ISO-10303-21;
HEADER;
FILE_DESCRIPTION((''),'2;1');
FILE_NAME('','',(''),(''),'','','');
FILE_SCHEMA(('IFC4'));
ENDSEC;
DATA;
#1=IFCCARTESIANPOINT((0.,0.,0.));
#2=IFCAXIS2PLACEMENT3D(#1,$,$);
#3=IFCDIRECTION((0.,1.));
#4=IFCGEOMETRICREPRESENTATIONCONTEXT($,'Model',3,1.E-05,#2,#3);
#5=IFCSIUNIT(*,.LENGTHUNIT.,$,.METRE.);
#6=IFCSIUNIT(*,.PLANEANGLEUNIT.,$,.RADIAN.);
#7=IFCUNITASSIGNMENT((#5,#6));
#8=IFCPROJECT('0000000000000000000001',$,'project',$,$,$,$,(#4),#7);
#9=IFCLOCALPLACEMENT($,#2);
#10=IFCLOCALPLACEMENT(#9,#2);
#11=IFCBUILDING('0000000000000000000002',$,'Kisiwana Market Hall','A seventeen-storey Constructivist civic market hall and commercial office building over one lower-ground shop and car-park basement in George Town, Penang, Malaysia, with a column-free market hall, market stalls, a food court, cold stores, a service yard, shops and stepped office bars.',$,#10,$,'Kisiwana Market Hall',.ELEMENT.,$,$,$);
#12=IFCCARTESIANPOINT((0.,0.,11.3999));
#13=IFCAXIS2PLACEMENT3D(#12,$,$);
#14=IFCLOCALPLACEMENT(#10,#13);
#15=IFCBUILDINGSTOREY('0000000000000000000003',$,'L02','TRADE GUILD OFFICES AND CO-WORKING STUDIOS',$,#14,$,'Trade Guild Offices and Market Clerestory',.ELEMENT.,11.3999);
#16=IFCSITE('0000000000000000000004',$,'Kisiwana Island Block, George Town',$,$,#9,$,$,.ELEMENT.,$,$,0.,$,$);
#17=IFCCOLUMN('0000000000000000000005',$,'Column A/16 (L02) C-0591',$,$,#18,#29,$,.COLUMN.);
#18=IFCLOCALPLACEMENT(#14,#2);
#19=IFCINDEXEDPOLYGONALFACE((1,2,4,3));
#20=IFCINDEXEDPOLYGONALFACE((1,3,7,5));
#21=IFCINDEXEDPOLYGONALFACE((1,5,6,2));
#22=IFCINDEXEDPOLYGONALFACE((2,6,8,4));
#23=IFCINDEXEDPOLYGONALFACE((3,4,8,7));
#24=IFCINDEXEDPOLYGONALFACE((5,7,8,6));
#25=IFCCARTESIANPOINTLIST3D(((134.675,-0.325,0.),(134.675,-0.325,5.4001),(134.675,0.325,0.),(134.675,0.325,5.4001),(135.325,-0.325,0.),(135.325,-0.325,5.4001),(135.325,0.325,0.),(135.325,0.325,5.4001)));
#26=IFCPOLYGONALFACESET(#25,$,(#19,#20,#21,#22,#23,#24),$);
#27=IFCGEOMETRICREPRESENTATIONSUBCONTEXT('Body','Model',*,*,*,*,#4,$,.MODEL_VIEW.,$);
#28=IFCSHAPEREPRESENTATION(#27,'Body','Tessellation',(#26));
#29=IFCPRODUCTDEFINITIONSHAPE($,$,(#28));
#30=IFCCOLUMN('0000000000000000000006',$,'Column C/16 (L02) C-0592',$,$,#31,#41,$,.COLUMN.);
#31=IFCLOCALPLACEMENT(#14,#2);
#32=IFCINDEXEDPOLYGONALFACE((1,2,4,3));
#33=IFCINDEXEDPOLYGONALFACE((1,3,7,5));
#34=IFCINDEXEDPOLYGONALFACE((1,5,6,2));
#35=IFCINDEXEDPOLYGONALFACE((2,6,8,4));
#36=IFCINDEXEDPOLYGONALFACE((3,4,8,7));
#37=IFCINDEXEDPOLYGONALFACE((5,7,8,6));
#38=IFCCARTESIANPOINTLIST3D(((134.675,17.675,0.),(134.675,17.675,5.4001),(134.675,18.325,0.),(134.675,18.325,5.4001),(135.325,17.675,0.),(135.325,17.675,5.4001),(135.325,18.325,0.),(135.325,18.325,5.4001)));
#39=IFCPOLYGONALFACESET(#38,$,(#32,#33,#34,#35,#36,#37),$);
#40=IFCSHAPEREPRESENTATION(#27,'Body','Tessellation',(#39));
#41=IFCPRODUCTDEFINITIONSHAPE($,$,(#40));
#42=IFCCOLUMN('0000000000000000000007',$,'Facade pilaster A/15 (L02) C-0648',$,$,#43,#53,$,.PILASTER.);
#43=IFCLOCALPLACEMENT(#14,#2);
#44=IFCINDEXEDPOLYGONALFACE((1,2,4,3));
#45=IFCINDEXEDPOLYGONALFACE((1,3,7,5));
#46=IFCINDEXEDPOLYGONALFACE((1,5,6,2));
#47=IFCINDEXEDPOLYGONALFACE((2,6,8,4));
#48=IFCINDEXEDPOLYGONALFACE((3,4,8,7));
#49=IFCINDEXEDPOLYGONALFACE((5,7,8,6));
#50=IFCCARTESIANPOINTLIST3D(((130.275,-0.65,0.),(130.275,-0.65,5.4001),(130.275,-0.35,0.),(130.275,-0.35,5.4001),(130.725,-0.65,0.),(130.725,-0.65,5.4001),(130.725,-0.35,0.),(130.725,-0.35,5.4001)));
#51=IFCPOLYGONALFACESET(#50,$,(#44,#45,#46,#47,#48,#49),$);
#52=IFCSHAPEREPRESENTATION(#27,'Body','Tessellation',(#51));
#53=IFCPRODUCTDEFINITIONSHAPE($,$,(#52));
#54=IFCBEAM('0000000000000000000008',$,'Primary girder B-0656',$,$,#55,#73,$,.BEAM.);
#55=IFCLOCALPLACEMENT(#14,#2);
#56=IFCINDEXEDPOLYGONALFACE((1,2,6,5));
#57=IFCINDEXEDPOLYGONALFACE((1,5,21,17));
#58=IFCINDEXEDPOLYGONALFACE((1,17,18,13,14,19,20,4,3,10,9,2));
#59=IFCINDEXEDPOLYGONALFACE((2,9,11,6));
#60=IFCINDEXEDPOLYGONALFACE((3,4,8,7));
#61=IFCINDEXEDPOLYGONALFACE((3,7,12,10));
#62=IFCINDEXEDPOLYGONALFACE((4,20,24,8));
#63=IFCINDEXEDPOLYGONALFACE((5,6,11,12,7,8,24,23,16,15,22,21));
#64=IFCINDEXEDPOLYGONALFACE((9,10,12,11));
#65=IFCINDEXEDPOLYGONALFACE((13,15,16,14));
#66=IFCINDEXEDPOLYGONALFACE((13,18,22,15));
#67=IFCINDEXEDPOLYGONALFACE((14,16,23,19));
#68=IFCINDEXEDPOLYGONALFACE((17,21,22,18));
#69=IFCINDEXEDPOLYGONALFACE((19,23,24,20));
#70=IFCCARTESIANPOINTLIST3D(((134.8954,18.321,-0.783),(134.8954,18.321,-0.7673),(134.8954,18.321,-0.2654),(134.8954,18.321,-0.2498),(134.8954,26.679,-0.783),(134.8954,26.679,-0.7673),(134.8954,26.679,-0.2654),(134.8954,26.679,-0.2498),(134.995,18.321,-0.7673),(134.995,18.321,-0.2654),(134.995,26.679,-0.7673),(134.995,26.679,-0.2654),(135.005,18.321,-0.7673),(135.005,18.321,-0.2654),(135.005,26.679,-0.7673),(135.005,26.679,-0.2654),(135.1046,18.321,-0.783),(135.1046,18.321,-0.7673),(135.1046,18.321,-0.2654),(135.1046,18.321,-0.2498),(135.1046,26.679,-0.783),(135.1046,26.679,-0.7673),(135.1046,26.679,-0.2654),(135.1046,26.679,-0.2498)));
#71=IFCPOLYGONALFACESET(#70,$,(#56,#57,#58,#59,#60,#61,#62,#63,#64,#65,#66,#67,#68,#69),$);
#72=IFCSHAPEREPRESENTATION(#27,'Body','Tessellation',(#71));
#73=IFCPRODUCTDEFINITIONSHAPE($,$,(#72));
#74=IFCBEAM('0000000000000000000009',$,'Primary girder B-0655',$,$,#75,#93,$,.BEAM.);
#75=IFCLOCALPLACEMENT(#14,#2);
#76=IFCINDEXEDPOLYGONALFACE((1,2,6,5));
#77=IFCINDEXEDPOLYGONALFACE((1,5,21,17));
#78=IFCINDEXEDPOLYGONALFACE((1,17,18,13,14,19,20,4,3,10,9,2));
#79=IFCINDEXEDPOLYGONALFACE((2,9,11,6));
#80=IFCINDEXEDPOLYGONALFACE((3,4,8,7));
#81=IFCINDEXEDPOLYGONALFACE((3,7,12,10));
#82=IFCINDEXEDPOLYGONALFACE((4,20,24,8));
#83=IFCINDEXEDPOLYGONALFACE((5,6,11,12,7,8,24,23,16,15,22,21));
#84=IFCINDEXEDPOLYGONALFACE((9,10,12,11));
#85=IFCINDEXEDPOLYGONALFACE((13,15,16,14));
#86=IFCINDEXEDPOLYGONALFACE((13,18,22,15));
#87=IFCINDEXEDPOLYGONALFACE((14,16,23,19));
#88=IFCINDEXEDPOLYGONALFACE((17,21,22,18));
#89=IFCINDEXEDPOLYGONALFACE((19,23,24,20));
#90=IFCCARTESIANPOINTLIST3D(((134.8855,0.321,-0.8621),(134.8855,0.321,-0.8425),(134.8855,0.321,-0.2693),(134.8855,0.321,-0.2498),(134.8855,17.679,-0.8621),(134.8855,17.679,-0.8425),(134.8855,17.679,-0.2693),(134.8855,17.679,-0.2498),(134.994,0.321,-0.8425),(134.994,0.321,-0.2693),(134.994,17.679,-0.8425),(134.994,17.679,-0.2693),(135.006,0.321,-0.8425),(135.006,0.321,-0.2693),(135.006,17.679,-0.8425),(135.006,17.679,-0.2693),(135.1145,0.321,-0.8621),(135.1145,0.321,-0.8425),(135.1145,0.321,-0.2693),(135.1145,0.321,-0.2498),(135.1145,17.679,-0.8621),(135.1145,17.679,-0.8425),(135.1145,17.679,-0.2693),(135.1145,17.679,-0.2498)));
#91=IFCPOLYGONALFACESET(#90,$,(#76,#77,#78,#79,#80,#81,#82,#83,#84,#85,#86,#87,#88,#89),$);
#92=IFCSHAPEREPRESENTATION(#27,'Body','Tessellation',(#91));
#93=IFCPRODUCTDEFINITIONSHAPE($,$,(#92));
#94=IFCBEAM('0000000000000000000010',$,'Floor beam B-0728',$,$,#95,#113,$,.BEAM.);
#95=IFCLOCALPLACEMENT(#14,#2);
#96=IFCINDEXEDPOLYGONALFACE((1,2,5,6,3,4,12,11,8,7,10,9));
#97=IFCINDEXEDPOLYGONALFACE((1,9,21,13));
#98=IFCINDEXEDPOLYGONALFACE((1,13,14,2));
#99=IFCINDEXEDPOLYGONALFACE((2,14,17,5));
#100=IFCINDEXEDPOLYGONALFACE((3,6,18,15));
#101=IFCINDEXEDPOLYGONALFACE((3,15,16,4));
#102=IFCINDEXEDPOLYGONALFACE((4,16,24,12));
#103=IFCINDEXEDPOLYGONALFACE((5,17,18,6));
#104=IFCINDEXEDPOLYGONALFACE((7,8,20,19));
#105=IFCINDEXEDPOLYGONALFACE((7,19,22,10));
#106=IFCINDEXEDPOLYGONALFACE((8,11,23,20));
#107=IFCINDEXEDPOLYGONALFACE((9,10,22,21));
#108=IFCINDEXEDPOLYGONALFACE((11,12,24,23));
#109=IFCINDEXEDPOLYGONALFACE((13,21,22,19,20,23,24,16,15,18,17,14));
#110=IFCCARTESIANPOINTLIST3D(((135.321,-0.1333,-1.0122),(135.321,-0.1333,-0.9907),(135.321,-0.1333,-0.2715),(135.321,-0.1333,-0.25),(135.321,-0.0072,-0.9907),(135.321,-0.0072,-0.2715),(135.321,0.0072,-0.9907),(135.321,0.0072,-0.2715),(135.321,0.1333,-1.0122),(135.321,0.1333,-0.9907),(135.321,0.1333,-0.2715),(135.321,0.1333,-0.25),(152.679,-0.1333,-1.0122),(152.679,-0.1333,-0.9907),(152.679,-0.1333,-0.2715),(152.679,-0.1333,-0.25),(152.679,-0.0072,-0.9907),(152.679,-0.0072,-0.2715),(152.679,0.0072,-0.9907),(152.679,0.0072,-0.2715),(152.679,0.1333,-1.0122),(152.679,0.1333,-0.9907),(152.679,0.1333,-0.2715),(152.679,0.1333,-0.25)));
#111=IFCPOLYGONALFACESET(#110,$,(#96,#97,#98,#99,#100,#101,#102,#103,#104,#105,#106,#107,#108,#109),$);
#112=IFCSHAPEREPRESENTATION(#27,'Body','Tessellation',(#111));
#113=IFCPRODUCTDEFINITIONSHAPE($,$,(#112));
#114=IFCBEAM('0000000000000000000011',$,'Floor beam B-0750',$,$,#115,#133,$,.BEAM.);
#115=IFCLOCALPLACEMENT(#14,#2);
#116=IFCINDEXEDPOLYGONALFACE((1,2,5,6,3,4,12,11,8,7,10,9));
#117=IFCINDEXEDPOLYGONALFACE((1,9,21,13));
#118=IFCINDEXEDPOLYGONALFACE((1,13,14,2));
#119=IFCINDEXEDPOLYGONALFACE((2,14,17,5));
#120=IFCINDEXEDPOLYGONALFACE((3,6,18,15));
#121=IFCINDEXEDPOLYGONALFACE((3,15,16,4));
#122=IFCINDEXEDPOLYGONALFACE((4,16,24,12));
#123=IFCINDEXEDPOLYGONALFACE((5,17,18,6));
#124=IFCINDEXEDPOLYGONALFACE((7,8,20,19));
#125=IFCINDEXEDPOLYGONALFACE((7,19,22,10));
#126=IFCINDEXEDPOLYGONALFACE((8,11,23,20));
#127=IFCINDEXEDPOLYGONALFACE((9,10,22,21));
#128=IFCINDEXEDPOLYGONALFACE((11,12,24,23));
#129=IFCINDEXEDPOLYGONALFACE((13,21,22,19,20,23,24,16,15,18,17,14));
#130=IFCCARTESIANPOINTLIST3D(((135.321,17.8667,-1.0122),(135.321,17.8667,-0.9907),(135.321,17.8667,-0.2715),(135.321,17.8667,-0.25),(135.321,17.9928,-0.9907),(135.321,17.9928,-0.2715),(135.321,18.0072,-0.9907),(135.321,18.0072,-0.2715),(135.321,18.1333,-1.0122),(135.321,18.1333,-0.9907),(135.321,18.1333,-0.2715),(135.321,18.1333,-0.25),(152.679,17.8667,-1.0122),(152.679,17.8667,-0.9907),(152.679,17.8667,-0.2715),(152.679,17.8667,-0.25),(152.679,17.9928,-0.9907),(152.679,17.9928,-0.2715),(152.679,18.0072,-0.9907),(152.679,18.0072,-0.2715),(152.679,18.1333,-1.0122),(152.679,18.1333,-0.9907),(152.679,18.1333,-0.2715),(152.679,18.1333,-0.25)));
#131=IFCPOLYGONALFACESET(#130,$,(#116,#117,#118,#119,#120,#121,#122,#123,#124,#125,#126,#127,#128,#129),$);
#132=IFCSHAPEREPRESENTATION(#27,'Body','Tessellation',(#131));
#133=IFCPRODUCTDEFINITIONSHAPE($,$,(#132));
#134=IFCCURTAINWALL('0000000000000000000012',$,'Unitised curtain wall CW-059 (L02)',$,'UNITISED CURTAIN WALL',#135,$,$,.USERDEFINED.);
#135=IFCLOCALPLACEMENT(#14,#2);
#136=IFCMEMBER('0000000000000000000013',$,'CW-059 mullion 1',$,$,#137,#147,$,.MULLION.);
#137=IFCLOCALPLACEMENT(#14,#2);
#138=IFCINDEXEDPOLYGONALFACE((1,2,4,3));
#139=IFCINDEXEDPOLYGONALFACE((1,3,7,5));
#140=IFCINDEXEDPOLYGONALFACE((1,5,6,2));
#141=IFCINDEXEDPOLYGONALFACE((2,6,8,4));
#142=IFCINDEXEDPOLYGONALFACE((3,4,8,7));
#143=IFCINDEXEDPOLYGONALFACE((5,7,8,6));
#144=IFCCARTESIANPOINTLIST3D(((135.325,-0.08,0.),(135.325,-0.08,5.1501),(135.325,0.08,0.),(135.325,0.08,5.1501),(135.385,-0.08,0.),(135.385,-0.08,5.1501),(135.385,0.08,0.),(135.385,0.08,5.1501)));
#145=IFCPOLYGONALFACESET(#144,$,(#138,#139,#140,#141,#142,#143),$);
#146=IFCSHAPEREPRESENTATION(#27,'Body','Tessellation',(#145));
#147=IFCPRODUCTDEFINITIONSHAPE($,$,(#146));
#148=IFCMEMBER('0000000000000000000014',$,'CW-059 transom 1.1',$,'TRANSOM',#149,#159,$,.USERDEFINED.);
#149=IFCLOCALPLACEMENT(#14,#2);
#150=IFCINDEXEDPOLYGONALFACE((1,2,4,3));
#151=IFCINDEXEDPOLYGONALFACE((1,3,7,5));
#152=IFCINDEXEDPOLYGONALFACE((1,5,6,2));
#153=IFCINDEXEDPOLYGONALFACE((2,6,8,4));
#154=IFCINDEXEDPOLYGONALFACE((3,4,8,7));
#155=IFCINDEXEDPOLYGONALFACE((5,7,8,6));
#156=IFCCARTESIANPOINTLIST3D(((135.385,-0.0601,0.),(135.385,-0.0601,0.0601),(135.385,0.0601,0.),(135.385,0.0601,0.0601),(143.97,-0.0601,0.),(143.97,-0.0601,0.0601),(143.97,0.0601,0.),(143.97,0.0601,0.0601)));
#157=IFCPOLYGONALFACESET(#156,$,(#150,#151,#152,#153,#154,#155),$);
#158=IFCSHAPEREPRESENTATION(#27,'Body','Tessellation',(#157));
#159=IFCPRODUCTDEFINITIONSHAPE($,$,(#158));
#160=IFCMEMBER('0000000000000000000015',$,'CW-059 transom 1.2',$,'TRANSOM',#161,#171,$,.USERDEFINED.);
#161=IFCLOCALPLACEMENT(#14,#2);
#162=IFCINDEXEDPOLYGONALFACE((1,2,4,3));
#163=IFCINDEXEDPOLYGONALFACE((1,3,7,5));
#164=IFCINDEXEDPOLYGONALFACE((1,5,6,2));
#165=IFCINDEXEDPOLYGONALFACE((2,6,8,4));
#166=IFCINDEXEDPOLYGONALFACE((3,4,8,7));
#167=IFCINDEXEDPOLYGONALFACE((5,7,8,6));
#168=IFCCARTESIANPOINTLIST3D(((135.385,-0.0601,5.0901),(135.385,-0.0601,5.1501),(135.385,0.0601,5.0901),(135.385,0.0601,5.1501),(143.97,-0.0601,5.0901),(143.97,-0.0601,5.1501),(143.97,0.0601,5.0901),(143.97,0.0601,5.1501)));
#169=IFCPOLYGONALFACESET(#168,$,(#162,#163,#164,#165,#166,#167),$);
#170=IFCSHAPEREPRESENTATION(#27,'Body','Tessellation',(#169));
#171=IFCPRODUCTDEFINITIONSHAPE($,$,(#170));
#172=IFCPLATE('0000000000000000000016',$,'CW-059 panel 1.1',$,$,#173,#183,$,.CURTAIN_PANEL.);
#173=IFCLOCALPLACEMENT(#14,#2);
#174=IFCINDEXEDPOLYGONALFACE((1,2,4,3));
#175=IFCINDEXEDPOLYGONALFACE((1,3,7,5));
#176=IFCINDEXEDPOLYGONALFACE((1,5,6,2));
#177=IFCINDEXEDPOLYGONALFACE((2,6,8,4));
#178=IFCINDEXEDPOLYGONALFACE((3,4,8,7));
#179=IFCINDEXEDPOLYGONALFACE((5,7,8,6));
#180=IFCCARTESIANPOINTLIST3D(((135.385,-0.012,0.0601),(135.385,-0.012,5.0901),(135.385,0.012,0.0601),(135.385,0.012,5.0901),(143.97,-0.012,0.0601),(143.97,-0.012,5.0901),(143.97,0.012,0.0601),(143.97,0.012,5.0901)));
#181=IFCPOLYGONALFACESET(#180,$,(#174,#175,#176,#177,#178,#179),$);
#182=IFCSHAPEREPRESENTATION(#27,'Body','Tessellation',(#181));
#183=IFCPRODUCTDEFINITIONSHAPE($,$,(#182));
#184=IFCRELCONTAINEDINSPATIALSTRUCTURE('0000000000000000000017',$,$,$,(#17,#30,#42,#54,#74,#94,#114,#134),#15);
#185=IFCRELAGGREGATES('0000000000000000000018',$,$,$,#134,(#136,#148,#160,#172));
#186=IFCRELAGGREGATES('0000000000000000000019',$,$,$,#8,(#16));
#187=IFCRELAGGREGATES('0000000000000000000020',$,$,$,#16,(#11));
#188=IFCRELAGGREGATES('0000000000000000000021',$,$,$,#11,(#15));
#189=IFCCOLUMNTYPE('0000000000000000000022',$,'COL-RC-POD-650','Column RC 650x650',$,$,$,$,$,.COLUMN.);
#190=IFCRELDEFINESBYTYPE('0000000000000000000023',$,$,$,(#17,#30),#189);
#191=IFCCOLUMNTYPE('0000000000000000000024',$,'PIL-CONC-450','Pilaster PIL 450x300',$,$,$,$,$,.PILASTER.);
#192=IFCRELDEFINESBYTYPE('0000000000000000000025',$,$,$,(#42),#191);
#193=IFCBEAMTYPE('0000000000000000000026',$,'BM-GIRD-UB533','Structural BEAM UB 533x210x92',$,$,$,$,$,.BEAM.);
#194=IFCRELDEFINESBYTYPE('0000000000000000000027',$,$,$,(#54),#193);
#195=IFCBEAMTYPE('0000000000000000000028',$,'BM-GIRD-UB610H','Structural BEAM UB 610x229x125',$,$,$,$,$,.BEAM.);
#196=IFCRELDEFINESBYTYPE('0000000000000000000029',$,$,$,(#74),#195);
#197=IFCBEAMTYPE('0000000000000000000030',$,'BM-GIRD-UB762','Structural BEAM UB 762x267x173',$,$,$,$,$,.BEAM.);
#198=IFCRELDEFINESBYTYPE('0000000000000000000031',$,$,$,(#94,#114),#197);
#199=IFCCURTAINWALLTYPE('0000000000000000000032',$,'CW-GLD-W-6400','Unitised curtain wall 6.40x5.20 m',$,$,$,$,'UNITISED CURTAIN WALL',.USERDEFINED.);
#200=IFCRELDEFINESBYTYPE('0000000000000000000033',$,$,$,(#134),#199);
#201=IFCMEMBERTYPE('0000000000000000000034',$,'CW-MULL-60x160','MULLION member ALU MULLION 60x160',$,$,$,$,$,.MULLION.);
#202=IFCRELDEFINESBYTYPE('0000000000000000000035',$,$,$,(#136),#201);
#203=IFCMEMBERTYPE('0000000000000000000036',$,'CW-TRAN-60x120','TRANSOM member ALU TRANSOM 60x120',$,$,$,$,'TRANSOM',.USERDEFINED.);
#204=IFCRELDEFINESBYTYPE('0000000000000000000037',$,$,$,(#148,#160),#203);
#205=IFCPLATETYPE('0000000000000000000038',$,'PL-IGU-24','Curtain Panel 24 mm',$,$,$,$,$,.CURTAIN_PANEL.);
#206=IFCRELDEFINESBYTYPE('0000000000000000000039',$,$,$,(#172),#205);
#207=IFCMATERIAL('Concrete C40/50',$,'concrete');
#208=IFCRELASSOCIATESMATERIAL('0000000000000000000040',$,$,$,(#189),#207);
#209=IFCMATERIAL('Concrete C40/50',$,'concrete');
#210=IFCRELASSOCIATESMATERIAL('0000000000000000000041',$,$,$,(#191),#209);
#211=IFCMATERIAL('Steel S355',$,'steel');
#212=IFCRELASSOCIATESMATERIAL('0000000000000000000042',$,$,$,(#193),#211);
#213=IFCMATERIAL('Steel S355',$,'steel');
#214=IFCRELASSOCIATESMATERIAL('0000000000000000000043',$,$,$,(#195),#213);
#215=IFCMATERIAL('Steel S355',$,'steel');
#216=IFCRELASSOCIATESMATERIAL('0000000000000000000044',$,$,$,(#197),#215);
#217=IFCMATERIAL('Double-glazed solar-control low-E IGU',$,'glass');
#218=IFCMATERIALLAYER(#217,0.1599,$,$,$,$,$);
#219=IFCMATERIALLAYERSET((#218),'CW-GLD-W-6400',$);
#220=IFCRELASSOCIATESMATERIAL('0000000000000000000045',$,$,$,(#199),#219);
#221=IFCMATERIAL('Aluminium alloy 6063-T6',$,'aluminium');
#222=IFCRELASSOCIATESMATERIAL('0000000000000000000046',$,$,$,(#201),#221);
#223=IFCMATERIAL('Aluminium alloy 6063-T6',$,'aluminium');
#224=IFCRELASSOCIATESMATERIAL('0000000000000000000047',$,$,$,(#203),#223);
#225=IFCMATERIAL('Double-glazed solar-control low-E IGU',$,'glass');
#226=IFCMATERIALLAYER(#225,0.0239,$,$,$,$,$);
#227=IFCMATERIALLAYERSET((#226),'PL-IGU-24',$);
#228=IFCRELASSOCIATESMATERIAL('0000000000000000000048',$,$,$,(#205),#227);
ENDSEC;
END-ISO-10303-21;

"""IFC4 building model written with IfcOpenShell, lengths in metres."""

from ifc_helpers import new_model, si_unit, direction, frame, origin, origin_2d, place, context, subcontext, project, spatial, rectangle, i_section, extrude, material, layer, layer_set, material_profile, profile_set, type_object, element, aggregate, save


model = new_model("IFC4")

# Units and contexts
model_context = context("Model", 3, precision=1e-05, world=origin(), true_north=direction((0.0, 1.0)))
body_context = subcontext(model_context, "Body", "Model", "MODEL_VIEW")
ifc_project = project(units=[si_unit("LENGTHUNIT", "METRE"), si_unit("PLANEANGLEUNIT", "RADIAN")], contexts=[model_context])

# Site, building, storey
site_placement = place(None, origin())
site = spatial("IfcSite", under=ifc_project, at=site_placement, Name="Kisiwana Island Block, George Town", CompositionType="ELEMENT", RefElevation=0.0)
building_placement = place(site_placement, origin())
building = spatial("IfcBuilding", under=site, at=building_placement, Name="Kisiwana Market Hall", Description="A seventeen-storey Constructivist civic market hall and commercial office building over one lower-ground shop and car-park basement in George Town, Penang, Malaysia, with a column-free market hall, market stalls, a food court, cold stores, a service yard, shops and stepped office bars.", LongName="Kisiwana Market Hall", CompositionType="ELEMENT")
storey_placement = place(building_placement, frame((0.0, 0.0, 11.3999)))
storey = spatial("IfcBuildingStorey", under=building, at=storey_placement, Name="L02", Description="TRADE GUILD OFFICES AND CO-WORKING STUDIOS", LongName="Trade Guild Offices and Market Clerestory", CompositionType="ELEMENT", Elevation=11.3999)

# Columns
ifc_material_1 = material(Name="Concrete C40/50", Category="concrete")
ifc_material_profile_1 = material_profile(ifc_material_1, rectangle(XDim=0.6499, YDim=0.6499, at=origin_2d()), Name="RC 650x650")
ifc_profile_set_1 = profile_set([ifc_material_profile_1], Name="Concrete C40/50")
column_type_1 = type_object("IfcColumnType", Name="COL-RC-POD-650", Description="Column RC 650x650", PredefinedType="COLUMN", material=ifc_profile_set_1)
for number, where, z_axis, x_axis, name in (
    (1, (135.0, 0.0, 0.0), (0.0, 0.0, 1.0), (1.0, 0.0, 0.0), "Column A/16 (L02) C-0591"),
    (2, (135.0, 18.0, 0.0), (0.0, 0.0, 1.0), (1.0, 0.0, 0.0), "Column C/16 (L02) C-0592"),
):
    element("IfcColumn", number, at=place(storey_placement, frame(where, z_axis=z_axis, x_axis=x_axis)), inside=storey, type_object=column_type_1, Name=name, PredefinedType="COLUMN", context=body_context, shape_type="SweptSolid", body=[
        extrude(rectangle(XDim=0.6499, YDim=0.6499, at=origin_2d()), origin(), (0.0, 0.0, 1.0), 5.4001),
    ])
ifc_material_2 = material(Name="Concrete C40/50", Category="concrete")
ifc_material_profile_2 = material_profile(ifc_material_2, rectangle(XDim=0.45, YDim=0.3, at=origin_2d()), Name="PIL 450x300")
ifc_profile_set_2 = profile_set([ifc_material_profile_2], Name="Concrete C40/50")
column_type_2 = type_object("IfcColumnType", Name="PIL-CONC-450", Description="Pilaster PIL 450x300", PredefinedType="PILASTER", material=ifc_profile_set_2)
column_placement = place(storey_placement, frame((130.5, -0.5, 0.0), z_axis=(0.0, 0.0, 1.0), x_axis=(1.0, 0.0, 0.0)))
element("IfcColumn", 3, at=column_placement, inside=storey, type_object=column_type_2, Name="Facade pilaster A/15 (L02) C-0648", PredefinedType="PILASTER", context=body_context, shape_type="SweptSolid", body=[
    extrude(rectangle(XDim=0.45, YDim=0.3, at=origin_2d()), origin(), (0.0, 0.0, 1.0), 5.4001),
])

# Beams
ifc_material_3 = material(Name="Steel S355", Category="steel")
ifc_material_profile_3 = material_profile(ifc_material_3, i_section(OverallWidth=0.2092, OverallDepth=0.5332, WebThickness=0.01, FlangeThickness=0.0156, at=origin_2d()), Name="UB 533x210x92")
ifc_profile_set_3 = profile_set([ifc_material_profile_3], Name="Steel S355")
beam_type_1 = type_object("IfcBeamType", Name="BM-GIRD-UB533", Description="Structural BEAM UB 533x210x92", PredefinedType="BEAM", material=ifc_profile_set_3)
beam_1_placement = place(storey_placement, frame((135.0, 18.321, -0.5164), z_axis=(0.0, 1.0, 0.0), x_axis=(-1.0, 0.0, 0.0)))
element("IfcBeam", 4, at=beam_1_placement, inside=storey, type_object=beam_type_1, Name="Primary girder B-0656", PredefinedType="BEAM", context=body_context, shape_type="SweptSolid", body=[
    extrude(i_section(OverallWidth=0.2092, OverallDepth=0.5332, WebThickness=0.01, FlangeThickness=0.0156, at=origin_2d()), origin(), (0.0, 0.0, 1.0), 8.3579),
])
ifc_material_4 = material(Name="Steel S355", Category="steel")
ifc_material_profile_4 = material_profile(ifc_material_4, i_section(OverallWidth=0.229, OverallDepth=0.6123, WebThickness=0.012, FlangeThickness=0.0195, at=origin_2d()), Name="UB 610x229x125")
ifc_profile_set_4 = profile_set([ifc_material_profile_4], Name="Steel S355")
beam_type_2 = type_object("IfcBeamType", Name="BM-GIRD-UB610H", Description="Structural BEAM UB 610x229x125", PredefinedType="BEAM", material=ifc_profile_set_4)
beam_2_placement = place(storey_placement, frame((135.0, 0.321, -0.5559), z_axis=(0.0, 1.0, 0.0), x_axis=(-1.0, 0.0, 0.0)))
element("IfcBeam", 5, at=beam_2_placement, inside=storey, type_object=beam_type_2, Name="Primary girder B-0655", PredefinedType="BEAM", context=body_context, shape_type="SweptSolid", body=[
    extrude(i_section(OverallWidth=0.229, OverallDepth=0.6123, WebThickness=0.012, FlangeThickness=0.0195, at=origin_2d()), origin(), (0.0, 0.0, 1.0), 17.3579),
])
ifc_material_5 = material(Name="Steel S355", Category="steel")
ifc_material_profile_5 = material_profile(ifc_material_5, i_section(OverallWidth=0.2666, OverallDepth=0.7622, WebThickness=0.0144, FlangeThickness=0.0215, at=origin_2d()), Name="UB 762x267x173")
ifc_profile_set_5 = profile_set([ifc_material_profile_5], Name="Steel S355")
beam_type_3 = type_object("IfcBeamType", Name="BM-GIRD-UB762", Description="Structural BEAM UB 762x267x173", PredefinedType="BEAM", material=ifc_profile_set_5)
for number, where, z_axis, x_axis, name in (
    (6, (135.321, 0.0, -0.6311), (1.0, 0.0, 0.0), (0.0, 1.0, 0.0), "Floor beam B-0728"),
    (7, (135.321, 18.0, -0.6311), (1.0, 0.0, 0.0), (0.0, 1.0, 0.0), "Floor beam B-0750"),
):
    element("IfcBeam", number, at=place(storey_placement, frame(where, z_axis=z_axis, x_axis=x_axis)), inside=storey, type_object=beam_type_3, Name=name, PredefinedType="BEAM", context=body_context, shape_type="SweptSolid", body=[
        extrude(i_section(OverallWidth=0.2666, OverallDepth=0.7622, WebThickness=0.0144, FlangeThickness=0.0215, at=origin_2d()), origin(), (0.0, 0.0, 1.0), 17.3579),
    ])

# Curtain wall, members, plate
ifc_material_6 = material(Name="Double-glazed solar-control low-E IGU", Category="glass")
ifc_layer_1 = layer(ifc_material_6, 0.1599)
ifc_layer_set_1 = layer_set([ifc_layer_1], Name="CW-GLD-W-6400")
curtain_wall_type = type_object("IfcCurtainWallType", Name="CW-GLD-W-6400", Description="Unitised curtain wall 6.40x5.20 m", ElementType="UNITISED CURTAIN WALL", PredefinedType="USERDEFINED", material=ifc_layer_set_1)
curtain_wall_placement = place(storey_placement, origin())
curtain_wall = element("IfcCurtainWall", 8, at=curtain_wall_placement, inside=storey, type_object=curtain_wall_type, Name="Unitised curtain wall CW-059 (L02)", ObjectType="UNITISED CURTAIN WALL", PredefinedType="USERDEFINED")
ifc_material_7 = material(Name="Aluminium alloy 6063-T6", Category="aluminium")
ifc_material_profile_6 = material_profile(ifc_material_7, rectangle(XDim=0.0601, YDim=0.1599, at=origin_2d()), Name="ALU MULLION 60x160")
ifc_profile_set_6 = profile_set([ifc_material_profile_6], Name="Aluminium alloy 6063-T6")
member_type_1 = type_object("IfcMemberType", Name="CW-MULL-60x160", Description="MULLION member ALU MULLION 60x160", PredefinedType="MULLION", material=ifc_profile_set_6)
member_1_placement = place(storey_placement, frame((135.355, 0.0, 0.0), z_axis=(0.0, 0.0, 1.0), x_axis=(1.0, 0.0, 0.0)))
member_1 = element("IfcMember", 9, at=member_1_placement, type_object=member_type_1, Name="CW-059 mullion 1", PredefinedType="MULLION", context=body_context, shape_type="SweptSolid", body=[
    extrude(rectangle(XDim=0.0601, YDim=0.1599, at=origin_2d()), origin(), (0.0, 0.0, 1.0), 5.1501),
])
ifc_material_8 = material(Name="Aluminium alloy 6063-T6", Category="aluminium")
ifc_material_profile_7 = material_profile(ifc_material_8, rectangle(XDim=0.1201, YDim=0.0601, at=origin_2d()), Name="ALU TRANSOM 60x120")
ifc_profile_set_7 = profile_set([ifc_material_profile_7], Name="Aluminium alloy 6063-T6")
member_type_2 = type_object("IfcMemberType", Name="CW-TRAN-60x120", Description="TRANSOM member ALU TRANSOM 60x120", ElementType="TRANSOM", PredefinedType="USERDEFINED", material=ifc_profile_set_7)
member_2_placement = place(storey_placement, frame((135.385, 0.0, 0.03), z_axis=(1.0, 0.0, 0.0), x_axis=(0.0, 1.0, 0.0)))
member_2 = element("IfcMember", 10, at=member_2_placement, type_object=member_type_2, Name="CW-059 transom 1.1", ObjectType="TRANSOM", PredefinedType="USERDEFINED", context=body_context, shape_type="SweptSolid", body=[
    extrude(rectangle(XDim=0.1201, YDim=0.0601, at=origin_2d()), origin(), (0.0, 0.0, 1.0), 8.585),
])
member_3_placement = place(storey_placement, frame((135.385, 0.0, 5.1201), z_axis=(1.0, 0.0, 0.0), x_axis=(0.0, 1.0, 0.0)))
member_3 = element("IfcMember", 11, at=member_3_placement, type_object=member_type_2, Name="CW-059 transom 1.2", ObjectType="TRANSOM", PredefinedType="USERDEFINED", context=body_context, shape_type="SweptSolid", body=[
    extrude(rectangle(XDim=0.1201, YDim=0.0601, at=origin_2d()), origin(), (0.0, 0.0, 1.0), 8.585),
])
ifc_material_9 = material(Name="Double-glazed solar-control low-E IGU", Category="glass")
ifc_layer_2 = layer(ifc_material_9, 0.0239)
ifc_layer_set_2 = layer_set([ifc_layer_2], Name="PL-IGU-24")
plate_type = type_object("IfcPlateType", Name="PL-IGU-24", Description="Curtain Panel 24 mm", PredefinedType="CURTAIN_PANEL", material=ifc_layer_set_2)
plate_placement = place(storey_placement, frame((139.6775, 0.0, 0.0601), z_axis=(0.0, 0.0, 1.0), x_axis=(1.0, 0.0, 0.0)))
plate = element("IfcPlate", 12, at=plate_placement, type_object=plate_type, Name="CW-059 panel 1.1", PredefinedType="CURTAIN_PANEL", context=body_context, shape_type="SweptSolid", body=[
    extrude(rectangle(XDim=8.585, YDim=0.0239, at=origin_2d()), origin(), (0.0, 0.0, 1.0), 5.03),
])
aggregate(curtain_wall, [member_1, member_2, member_3, plate])

save(model, "model.ifc")
